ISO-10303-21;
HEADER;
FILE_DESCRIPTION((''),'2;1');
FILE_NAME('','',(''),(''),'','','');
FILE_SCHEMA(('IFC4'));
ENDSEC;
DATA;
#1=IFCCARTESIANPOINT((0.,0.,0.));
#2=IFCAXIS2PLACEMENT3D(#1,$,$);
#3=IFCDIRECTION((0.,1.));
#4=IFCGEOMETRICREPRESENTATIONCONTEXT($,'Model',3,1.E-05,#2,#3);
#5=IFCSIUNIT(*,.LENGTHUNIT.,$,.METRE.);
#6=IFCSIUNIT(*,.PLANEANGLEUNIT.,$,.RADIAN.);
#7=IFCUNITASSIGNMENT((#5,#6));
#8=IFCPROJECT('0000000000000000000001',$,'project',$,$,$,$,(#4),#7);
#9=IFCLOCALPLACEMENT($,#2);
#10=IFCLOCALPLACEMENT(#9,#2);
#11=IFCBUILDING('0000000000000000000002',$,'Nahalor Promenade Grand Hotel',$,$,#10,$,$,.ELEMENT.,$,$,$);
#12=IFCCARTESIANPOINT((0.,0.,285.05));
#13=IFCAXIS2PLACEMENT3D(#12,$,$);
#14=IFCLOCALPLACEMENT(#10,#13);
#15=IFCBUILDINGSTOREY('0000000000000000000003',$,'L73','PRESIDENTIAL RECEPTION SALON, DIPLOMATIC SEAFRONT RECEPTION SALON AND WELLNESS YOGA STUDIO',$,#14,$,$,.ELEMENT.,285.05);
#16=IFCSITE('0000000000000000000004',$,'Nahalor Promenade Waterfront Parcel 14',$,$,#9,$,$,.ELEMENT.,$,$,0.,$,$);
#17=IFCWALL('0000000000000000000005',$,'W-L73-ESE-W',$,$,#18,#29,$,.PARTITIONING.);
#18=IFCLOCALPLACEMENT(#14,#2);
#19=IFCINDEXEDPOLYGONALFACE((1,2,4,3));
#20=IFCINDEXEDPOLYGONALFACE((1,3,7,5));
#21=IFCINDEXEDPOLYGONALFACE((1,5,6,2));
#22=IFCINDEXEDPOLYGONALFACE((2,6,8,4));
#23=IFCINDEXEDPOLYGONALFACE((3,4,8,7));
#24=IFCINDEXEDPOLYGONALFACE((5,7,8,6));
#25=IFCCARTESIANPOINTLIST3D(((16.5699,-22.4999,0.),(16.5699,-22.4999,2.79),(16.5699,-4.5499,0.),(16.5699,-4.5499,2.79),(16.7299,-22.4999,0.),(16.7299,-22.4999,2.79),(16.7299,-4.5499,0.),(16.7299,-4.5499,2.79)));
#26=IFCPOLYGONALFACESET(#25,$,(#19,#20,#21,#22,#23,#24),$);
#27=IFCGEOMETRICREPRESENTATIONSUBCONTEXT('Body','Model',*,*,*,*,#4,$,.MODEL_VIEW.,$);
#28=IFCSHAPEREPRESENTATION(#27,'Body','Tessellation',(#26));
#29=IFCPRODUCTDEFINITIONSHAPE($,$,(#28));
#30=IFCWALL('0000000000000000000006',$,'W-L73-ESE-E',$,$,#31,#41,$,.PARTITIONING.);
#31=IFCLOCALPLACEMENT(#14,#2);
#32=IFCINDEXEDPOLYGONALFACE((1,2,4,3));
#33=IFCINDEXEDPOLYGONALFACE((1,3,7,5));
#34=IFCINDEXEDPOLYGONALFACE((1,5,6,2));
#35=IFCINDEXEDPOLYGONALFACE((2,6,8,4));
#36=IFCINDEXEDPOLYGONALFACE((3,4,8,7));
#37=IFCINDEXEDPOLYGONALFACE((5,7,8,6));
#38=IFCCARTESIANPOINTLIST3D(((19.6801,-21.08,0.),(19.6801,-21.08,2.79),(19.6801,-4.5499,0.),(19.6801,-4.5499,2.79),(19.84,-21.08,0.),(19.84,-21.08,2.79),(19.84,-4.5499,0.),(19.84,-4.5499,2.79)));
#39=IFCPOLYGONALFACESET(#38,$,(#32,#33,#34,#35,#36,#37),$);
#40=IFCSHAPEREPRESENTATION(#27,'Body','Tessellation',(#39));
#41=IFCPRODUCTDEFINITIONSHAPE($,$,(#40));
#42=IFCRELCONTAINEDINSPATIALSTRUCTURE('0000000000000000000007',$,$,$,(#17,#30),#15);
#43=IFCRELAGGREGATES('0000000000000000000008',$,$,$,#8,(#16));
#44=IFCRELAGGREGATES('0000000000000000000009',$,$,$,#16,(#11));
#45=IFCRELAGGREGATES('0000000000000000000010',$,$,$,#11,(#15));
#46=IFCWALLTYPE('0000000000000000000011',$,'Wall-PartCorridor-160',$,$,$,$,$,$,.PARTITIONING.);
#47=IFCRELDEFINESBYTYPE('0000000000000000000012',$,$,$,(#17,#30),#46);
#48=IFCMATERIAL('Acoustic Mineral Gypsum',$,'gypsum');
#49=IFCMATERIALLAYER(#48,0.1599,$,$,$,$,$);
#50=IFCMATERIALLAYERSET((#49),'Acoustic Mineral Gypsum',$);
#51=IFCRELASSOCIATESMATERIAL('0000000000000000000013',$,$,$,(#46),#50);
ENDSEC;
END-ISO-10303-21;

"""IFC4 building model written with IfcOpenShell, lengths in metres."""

from ifc_helpers import new_model, si_unit, direction, frame, frame_2d, origin, place, context, subcontext, project, spatial, rectangle, extrude, source, transform, mapped, material, layer, layer_set, type_object, element, save


model = new_model("IFC4")

# Units and contexts
model_context = context("Model", 3, precision=1e-05, world=origin(), true_north=direction((0.0, 1.0)))
body_context = subcontext(model_context, "Body", "Model", "MODEL_VIEW")
ifc_project = project(units=[si_unit("LENGTHUNIT", "METRE"), si_unit("PLANEANGLEUNIT", "RADIAN")], contexts=[model_context])

# Site, building, storey
site_placement = place(None, origin())
site = spatial("IfcSite", under=ifc_project, at=site_placement, Name="Nahalor Promenade Waterfront Parcel 14", CompositionType="ELEMENT", RefElevation=0.0)
building_placement = place(site_placement, origin())
building = spatial("IfcBuilding", under=site, at=building_placement, Name="Nahalor Promenade Grand Hotel", CompositionType="ELEMENT")
storey_placement = place(building_placement, frame((0.0, 0.0, 285.05)))
storey = spatial("IfcBuildingStorey", under=building, at=storey_placement, Name="L73", Description="PRESIDENTIAL RECEPTION SALON, DIPLOMATIC SEAFRONT RECEPTION SALON AND WELLNESS YOGA STUDIO", CompositionType="ELEMENT", Elevation=285.05)

# Walls
ifc_material_1 = material(Name="Acoustic Mineral Gypsum", Category="gypsum")
ifc_layer_1 = layer(ifc_material_1, 0.1599)
ifc_layer_set_1 = layer_set([ifc_layer_1], Name="Acoustic Mineral Gypsum")
wall_type_1 = type_object("IfcWallType", Name="Wall-PartCorridor-160", PredefinedType="PARTITIONING", material=ifc_layer_set_1)
shared_shape_1 = source(origin(), body_context, "Body", "SweptSolid", [
    extrude(rectangle(XDim=17.95, YDim=0.1599, at=frame_2d((8.9751, 0.0))), origin(), (0.0, 0.0, 1.0), 2.79),
])
wall_1_placement = place(storey_placement, frame((16.6499, -22.5, 0.0), z_axis=(0.0, 0.0, 1.0), x_axis=(0.0, 1.0, 0.0)))
element("IfcWall", 1, at=wall_1_placement, inside=storey, type_object=wall_type_1, Name="W-L73-ESE-W", PredefinedType="PARTITIONING", context=body_context, shape_type="MappedRepresentation", body=[
    mapped(shared_shape_1, transform((0.0, 0.0, 0.0), scale=1.0)),
])
shared_shape_2 = source(origin(), body_context, "Body", "SweptSolid", [
    extrude(rectangle(XDim=16.53, YDim=0.1599, at=frame_2d((8.2651, 0.0))), origin(), (0.0, 0.0, 1.0), 2.79),
])
wall_2_placement = place(storey_placement, frame((19.76, -21.0801, 0.0), z_axis=(0.0, 0.0, 1.0), x_axis=(0.0, 1.0, 0.0)))
element("IfcWall", 2, at=wall_2_placement, inside=storey, type_object=wall_type_1, Name="W-L73-ESE-E", PredefinedType="PARTITIONING", context=body_context, shape_type="MappedRepresentation", body=[
    mapped(shared_shape_2, transform((0.0, 0.0, 0.0), scale=1.0)),
])

save(model, "model.ifc")
